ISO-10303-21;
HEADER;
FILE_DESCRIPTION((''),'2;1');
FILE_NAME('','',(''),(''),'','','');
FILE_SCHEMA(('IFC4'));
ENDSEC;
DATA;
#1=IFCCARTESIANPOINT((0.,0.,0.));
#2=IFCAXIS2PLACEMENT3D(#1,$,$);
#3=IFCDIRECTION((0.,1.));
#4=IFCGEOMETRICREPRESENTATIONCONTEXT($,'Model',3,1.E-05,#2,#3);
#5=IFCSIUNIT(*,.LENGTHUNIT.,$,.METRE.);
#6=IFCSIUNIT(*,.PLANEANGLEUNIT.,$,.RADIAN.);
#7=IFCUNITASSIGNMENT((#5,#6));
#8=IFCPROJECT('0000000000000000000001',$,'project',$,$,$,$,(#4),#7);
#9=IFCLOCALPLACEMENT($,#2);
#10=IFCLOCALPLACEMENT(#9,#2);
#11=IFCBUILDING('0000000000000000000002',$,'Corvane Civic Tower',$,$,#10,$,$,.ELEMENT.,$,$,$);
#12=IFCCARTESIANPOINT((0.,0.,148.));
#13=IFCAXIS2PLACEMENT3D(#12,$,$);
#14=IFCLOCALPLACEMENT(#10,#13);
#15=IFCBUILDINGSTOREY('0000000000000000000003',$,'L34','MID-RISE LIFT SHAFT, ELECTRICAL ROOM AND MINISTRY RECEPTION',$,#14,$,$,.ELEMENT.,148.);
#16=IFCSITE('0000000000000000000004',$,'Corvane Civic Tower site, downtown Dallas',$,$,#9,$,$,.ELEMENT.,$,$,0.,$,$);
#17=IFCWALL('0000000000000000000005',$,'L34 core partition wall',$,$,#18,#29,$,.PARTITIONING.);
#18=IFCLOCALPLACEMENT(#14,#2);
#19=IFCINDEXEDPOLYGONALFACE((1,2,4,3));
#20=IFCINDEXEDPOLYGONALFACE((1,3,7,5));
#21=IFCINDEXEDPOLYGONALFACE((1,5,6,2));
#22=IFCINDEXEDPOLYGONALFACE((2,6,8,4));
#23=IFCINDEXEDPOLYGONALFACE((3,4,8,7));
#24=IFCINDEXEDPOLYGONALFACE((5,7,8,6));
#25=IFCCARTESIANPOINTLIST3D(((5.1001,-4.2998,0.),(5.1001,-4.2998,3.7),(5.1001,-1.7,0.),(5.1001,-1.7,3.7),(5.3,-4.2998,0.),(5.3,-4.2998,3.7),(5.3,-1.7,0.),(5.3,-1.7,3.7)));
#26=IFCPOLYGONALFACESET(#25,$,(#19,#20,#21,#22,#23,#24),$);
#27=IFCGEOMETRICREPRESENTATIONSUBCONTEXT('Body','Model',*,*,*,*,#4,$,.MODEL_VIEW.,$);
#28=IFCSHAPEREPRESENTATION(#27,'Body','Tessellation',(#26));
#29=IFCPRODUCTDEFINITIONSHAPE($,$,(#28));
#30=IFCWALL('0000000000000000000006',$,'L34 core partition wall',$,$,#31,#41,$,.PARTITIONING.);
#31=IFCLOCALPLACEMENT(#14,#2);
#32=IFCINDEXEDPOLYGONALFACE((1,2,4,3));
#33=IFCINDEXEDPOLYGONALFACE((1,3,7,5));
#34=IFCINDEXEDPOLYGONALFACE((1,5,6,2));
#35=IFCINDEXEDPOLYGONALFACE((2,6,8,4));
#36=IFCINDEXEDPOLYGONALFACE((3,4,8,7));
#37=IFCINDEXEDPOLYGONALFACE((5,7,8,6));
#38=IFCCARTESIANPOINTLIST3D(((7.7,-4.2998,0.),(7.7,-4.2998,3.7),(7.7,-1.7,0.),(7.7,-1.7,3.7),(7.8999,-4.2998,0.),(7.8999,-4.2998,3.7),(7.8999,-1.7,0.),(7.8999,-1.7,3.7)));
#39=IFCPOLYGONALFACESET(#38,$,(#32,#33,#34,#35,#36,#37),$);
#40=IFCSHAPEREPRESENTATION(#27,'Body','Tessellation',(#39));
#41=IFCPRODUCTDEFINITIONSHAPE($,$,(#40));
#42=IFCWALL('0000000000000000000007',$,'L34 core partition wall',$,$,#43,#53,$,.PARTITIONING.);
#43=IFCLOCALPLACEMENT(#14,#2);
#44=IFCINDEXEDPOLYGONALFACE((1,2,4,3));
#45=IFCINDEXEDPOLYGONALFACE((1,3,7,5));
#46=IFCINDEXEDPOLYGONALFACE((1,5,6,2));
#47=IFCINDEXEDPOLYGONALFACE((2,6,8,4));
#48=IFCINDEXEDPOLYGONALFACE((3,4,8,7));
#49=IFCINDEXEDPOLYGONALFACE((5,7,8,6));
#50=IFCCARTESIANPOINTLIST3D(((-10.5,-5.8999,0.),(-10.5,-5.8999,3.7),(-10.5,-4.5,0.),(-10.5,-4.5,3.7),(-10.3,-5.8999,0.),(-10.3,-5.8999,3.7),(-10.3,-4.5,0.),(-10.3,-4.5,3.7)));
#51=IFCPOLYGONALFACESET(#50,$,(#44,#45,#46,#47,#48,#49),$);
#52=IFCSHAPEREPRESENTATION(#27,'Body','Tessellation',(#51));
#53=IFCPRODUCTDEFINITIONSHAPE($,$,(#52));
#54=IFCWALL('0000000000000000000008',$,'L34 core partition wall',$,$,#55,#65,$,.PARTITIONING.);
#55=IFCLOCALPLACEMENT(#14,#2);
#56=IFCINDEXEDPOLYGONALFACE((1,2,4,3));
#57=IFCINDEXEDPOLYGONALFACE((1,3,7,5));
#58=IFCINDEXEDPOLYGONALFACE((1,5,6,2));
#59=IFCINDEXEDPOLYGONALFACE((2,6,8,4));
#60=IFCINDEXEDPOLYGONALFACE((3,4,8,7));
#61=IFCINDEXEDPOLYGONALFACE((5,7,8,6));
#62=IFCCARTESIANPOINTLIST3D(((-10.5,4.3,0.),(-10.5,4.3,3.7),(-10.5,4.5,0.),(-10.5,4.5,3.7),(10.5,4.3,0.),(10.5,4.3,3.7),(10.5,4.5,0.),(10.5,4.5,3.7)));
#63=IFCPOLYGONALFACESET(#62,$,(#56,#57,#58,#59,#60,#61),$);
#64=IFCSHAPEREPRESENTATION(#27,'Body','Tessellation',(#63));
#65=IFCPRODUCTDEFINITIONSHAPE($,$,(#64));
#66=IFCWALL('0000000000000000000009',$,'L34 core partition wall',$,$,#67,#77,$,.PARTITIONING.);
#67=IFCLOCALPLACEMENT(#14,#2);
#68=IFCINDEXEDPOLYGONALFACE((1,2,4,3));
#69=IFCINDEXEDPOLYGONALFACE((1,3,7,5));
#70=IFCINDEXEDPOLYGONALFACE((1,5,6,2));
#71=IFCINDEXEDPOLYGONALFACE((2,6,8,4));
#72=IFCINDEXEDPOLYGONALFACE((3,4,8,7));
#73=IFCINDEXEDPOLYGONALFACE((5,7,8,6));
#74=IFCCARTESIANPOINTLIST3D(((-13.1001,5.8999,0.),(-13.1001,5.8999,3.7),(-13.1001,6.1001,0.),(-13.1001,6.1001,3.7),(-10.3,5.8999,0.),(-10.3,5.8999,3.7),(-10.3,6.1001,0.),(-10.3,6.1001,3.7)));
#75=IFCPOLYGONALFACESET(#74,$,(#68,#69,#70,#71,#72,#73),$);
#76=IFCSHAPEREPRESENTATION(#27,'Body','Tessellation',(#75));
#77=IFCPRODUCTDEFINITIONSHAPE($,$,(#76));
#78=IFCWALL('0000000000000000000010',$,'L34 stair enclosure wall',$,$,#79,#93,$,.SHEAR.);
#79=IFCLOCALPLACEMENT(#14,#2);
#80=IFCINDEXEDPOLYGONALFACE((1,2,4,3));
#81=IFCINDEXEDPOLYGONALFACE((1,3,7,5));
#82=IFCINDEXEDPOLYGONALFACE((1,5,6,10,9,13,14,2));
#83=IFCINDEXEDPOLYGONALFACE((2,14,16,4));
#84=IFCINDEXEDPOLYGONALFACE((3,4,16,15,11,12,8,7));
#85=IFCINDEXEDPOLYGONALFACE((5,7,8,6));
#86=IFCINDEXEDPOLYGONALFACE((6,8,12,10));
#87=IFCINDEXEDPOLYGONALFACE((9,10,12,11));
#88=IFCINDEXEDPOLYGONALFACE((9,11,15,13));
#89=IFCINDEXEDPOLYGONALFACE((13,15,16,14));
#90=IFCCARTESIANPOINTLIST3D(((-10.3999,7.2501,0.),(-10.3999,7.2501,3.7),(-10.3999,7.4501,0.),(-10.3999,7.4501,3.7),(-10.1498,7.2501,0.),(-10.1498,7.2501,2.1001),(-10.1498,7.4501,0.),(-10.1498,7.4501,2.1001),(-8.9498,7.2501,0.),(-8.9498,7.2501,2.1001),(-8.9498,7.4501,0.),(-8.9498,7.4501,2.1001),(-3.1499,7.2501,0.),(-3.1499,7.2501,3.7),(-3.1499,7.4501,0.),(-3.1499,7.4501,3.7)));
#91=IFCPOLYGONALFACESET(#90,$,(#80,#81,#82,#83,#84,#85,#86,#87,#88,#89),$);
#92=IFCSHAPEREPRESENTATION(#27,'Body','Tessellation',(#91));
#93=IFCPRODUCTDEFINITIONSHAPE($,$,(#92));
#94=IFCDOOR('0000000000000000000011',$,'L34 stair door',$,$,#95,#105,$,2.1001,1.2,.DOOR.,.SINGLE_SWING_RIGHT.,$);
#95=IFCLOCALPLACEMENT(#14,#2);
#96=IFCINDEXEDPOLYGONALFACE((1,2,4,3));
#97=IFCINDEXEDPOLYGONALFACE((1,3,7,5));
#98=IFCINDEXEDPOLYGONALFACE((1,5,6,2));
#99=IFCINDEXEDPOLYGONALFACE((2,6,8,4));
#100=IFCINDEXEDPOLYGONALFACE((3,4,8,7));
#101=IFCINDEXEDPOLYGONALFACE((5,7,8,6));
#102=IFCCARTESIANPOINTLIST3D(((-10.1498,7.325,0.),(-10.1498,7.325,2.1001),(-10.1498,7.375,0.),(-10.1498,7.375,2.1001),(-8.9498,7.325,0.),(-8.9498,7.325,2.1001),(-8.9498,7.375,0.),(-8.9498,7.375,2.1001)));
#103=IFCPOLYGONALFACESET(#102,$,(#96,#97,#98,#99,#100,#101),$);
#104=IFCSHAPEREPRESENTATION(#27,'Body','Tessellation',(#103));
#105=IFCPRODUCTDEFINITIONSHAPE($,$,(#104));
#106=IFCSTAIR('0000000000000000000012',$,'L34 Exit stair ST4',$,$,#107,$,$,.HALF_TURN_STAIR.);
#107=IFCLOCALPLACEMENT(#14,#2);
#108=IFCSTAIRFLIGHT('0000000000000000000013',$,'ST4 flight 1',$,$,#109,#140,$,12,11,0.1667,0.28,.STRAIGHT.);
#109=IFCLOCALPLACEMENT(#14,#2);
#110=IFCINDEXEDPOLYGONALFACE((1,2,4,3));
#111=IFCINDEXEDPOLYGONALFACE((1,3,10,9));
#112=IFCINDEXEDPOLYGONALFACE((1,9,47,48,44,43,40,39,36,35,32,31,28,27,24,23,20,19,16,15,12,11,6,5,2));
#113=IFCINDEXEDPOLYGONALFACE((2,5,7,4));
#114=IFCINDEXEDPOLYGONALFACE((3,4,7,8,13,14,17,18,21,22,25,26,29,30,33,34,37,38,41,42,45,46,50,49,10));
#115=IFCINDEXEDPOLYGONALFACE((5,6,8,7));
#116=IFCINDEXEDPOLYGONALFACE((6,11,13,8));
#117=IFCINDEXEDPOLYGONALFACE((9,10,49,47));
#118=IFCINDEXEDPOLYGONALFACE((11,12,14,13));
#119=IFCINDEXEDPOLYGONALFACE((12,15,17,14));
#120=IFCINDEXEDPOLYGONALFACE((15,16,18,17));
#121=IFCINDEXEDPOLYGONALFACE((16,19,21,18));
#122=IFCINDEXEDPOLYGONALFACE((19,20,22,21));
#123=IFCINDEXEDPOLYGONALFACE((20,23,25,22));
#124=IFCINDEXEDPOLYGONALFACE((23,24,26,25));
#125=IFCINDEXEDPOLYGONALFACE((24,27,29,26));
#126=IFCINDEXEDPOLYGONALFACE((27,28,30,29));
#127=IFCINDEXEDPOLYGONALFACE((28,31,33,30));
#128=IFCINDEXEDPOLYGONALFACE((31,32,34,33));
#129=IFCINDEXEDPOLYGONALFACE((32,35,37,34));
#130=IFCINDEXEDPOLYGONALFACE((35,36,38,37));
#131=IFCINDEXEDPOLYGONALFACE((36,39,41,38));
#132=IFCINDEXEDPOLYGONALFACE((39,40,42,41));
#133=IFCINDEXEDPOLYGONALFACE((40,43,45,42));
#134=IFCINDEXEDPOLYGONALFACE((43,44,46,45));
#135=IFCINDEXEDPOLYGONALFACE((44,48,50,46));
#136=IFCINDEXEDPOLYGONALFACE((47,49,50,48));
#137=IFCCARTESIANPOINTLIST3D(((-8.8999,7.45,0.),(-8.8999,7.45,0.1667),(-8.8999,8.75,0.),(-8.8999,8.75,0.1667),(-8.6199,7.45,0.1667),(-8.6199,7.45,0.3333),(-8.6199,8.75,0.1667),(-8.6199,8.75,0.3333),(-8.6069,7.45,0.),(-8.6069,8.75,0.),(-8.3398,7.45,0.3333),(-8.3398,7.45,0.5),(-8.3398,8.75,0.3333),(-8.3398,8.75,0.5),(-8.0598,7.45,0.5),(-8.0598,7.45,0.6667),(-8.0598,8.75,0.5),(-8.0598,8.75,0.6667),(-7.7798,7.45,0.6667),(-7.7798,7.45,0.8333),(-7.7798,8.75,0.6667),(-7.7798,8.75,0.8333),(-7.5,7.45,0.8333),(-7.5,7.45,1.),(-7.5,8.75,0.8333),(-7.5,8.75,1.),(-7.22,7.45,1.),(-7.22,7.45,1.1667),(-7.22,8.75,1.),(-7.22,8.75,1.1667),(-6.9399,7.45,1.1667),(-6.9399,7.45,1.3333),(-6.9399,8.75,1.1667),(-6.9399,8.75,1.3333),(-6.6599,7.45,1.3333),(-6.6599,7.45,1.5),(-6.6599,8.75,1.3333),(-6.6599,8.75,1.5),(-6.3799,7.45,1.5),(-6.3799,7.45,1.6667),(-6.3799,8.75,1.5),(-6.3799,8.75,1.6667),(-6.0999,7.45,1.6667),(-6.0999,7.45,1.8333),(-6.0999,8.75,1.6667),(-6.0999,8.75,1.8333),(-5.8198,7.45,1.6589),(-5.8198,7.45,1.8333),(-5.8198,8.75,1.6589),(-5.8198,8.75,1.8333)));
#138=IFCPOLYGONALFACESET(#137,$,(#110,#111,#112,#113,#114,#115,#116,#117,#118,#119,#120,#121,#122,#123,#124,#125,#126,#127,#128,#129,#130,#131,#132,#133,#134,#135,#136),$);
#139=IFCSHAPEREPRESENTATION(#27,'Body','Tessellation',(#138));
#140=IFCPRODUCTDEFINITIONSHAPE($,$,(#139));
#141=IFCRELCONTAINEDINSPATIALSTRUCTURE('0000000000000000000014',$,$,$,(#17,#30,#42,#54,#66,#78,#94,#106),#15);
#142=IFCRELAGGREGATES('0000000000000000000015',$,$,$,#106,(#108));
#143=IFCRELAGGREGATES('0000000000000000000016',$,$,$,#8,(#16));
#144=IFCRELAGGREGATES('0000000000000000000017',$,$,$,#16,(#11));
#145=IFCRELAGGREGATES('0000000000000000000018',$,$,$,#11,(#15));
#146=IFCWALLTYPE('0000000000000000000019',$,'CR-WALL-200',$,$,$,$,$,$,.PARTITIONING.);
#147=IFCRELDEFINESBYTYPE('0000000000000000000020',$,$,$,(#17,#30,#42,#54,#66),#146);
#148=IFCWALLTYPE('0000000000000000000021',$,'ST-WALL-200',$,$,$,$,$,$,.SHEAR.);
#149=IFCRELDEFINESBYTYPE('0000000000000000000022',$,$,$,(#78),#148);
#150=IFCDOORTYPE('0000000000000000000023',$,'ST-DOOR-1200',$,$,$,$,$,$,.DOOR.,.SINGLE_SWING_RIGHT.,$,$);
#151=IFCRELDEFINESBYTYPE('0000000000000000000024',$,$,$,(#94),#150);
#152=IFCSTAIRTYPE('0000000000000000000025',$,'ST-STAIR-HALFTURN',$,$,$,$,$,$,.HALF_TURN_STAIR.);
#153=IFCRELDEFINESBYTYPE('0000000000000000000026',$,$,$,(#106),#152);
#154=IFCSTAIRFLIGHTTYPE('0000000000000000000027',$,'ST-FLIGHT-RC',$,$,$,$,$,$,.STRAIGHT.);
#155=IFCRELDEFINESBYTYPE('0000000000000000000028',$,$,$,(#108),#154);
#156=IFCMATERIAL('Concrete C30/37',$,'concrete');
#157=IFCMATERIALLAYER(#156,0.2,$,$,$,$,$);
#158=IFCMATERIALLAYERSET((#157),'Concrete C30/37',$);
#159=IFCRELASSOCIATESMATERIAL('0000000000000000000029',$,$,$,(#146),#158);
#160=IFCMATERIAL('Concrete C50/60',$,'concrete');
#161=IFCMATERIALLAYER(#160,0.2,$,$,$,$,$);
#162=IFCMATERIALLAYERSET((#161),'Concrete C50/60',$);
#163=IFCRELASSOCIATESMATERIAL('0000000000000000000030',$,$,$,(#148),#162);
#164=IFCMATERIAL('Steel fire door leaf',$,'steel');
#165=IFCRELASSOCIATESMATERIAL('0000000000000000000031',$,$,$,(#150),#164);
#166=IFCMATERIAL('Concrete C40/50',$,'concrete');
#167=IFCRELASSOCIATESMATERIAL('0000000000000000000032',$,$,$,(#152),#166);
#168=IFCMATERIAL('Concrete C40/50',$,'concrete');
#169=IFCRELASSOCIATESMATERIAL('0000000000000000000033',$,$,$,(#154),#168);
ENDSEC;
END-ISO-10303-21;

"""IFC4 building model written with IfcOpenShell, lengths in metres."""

from ifc_helpers import new_model, si_unit, direction, frame, frame_2d, origin, place, context, subcontext, project, spatial, polyline, rectangle, outline, extrude, material, layer, layer_set, type_object, element, fill, aggregate, save


model = new_model("IFC4")

# Units and contexts
model_context = context("Model", 3, precision=1e-05, world=origin(), true_north=direction((0.0, 1.0)))
body_context = subcontext(model_context, "Body", "Model", "MODEL_VIEW")
ifc_project = project(units=[si_unit("LENGTHUNIT", "METRE"), si_unit("PLANEANGLEUNIT", "RADIAN")], contexts=[model_context])

# Site, building, storey
site_placement = place(None, origin())
site = spatial("IfcSite", under=ifc_project, at=site_placement, Name="Corvane Civic Tower site, downtown Dallas", CompositionType="ELEMENT", RefElevation=0.0)
building_placement = place(site_placement, origin())
building = spatial("IfcBuilding", under=site, at=building_placement, Name="Corvane Civic Tower", CompositionType="ELEMENT")
storey_placement = place(building_placement, frame((0.0, 0.0, 148.0)))
storey = spatial("IfcBuildingStorey", under=building, at=storey_placement, Name="L34", Description="MID-RISE LIFT SHAFT, ELECTRICAL ROOM AND MINISTRY RECEPTION", CompositionType="ELEMENT", Elevation=148.0)

# Shared definitions
ifc_material_1 = material(Name="Concrete C30/37", Category="concrete")
ifc_layer_1 = layer(ifc_material_1, 0.2)
ifc_layer_set_1 = layer_set([ifc_layer_1], Name="Concrete C30/37")
wall_type_1 = type_object("IfcWallType", Name="CR-WALL-200", PredefinedType="PARTITIONING", material=ifc_layer_set_1)

# Walls
wall_1_placement = place(storey_placement, origin())
element("IfcWall", 1, at=wall_1_placement, inside=storey, type_object=wall_type_1, Name="L34 core partition wall", PredefinedType="PARTITIONING", context=body_context, shape_type="SweptSolid", body=[
    extrude(outline(polyline([(5.3, -1.7), (5.3, -4.2998), (5.1001, -4.2998), (5.1001, -1.7), (5.3, -1.7)])), origin(), (0.0, 0.0, 1.0), 3.7),
])
wall_2_placement = place(storey_placement, origin())
element("IfcWall", 2, at=wall_2_placement, inside=storey, type_object=wall_type_1, Name="L34 core partition wall", PredefinedType="PARTITIONING", context=body_context, shape_type="SweptSolid", body=[
    extrude(outline(polyline([(7.8999, -1.7), (7.8999, -4.2998), (7.7, -4.2998), (7.7, -1.7), (7.8999, -1.7)])), origin(), (0.0, 0.0, 1.0), 3.7),
])
wall_3_placement = place(storey_placement, origin())
element("IfcWall", 3, at=wall_3_placement, inside=storey, type_object=wall_type_1, Name="L34 core partition wall", PredefinedType="PARTITIONING", context=body_context, shape_type="SweptSolid", body=[
    extrude(outline(polyline([(-10.3, -5.8999), (-10.5, -5.8999), (-10.5, -4.5), (-10.3, -4.5), (-10.3, -5.8999)])), origin(), (0.0, 0.0, 1.0), 3.7),
])
wall_4_placement = place(storey_placement, origin())
element("IfcWall", 4, at=wall_4_placement, inside=storey, type_object=wall_type_1, Name="L34 core partition wall", PredefinedType="PARTITIONING", context=body_context, shape_type="SweptSolid", body=[
    extrude(outline(polyline([(10.5, 4.5), (10.5, 4.3), (-10.5, 4.3), (-10.5, 4.5), (10.5, 4.5)])), origin(), (0.0, 0.0, 1.0), 3.7),
])
wall_5_placement = place(storey_placement, origin())
element("IfcWall", 5, at=wall_5_placement, inside=storey, type_object=wall_type_1, Name="L34 core partition wall", PredefinedType="PARTITIONING", context=body_context, shape_type="SweptSolid", body=[
    extrude(outline(polyline([(-10.3, 5.8999), (-13.1001, 5.8999), (-13.1001, 6.1001), (-10.3, 6.1001), (-10.3, 5.8999)])), origin(), (0.0, 0.0, 1.0), 3.7),
])

# Wall, opening, door
ifc_material_2 = material(Name="Concrete C50/60", Category="concrete")
ifc_layer_2 = layer(ifc_material_2, 0.2)
ifc_layer_set_2 = layer_set([ifc_layer_2], Name="Concrete C50/60")
wall_type_2 = type_object("IfcWallType", Name="ST-WALL-200", PredefinedType="SHEAR", material=ifc_layer_set_2)
wall_6_placement = place(storey_placement, frame((-10.3999, 7.3501, 0.0), z_axis=(0.0, 0.0, 1.0), x_axis=(1.0, 0.0, 0.0)))
wall_6 = element("IfcWall", 6, at=wall_6_placement, inside=storey, type_object=wall_type_2, Name="L34 stair enclosure wall", PredefinedType="SHEAR", context=body_context, shape_type="SweptSolid", body=[
    extrude(rectangle(XDim=7.25, YDim=0.2, at=frame_2d((3.625, 0.0))), origin(), (0.0, 0.0, 1.0), 3.7),
])
opening_1_placement = place(wall_6_placement, frame((0.25, 0.0, 0.0)))
opening_1 = element("IfcOpeningElement", 7, at=opening_1_placement, cuts=wall_6, PredefinedType="OPENING", context=body_context, shape_type="SweptSolid", body=[
    extrude(rectangle(XDim=1.2, YDim=2.1001, at=frame_2d((0.6001, 1.05))), frame((0.0, 0.1099, 0.0), z_axis=(0.0, -1.0, 0.0), x_axis=(1.0, 0.0, 0.0)), (0.0, 0.0, 1.0), 0.22),
])
ifc_material_3 = material(Name="Steel fire door leaf", Category="steel")
door_type_1 = type_object("IfcDoorType", Name="ST-DOOR-1200", OperationType="SINGLE_SWING_RIGHT", PredefinedType="DOOR", material=ifc_material_3)
door_1_placement = place(opening_1_placement, origin())
door_1 = element("IfcDoor", 8, at=door_1_placement, inside=storey, type_object=door_type_1, Name="L34 stair door", OperationType="SINGLE_SWING_RIGHT", OverallHeight=2.1001, OverallWidth=1.2, PredefinedType="DOOR", context=body_context, shape_type="SweptSolid", body=[
    extrude(rectangle(XDim=1.2, YDim=2.1001, at=frame_2d((0.6001, 1.05))), frame((0.0, 0.0249, 0.0), z_axis=(0.0, -1.0, 0.0), x_axis=(1.0, 0.0, 0.0)), (0.0, 0.0, 1.0), 0.05),
])
fill(opening_1, door_1)

# Stair, stair flight
ifc_material_4 = material(Name="Concrete C40/50", Category="concrete")
stair_type = type_object("IfcStairType", Name="ST-STAIR-HALFTURN", PredefinedType="HALF_TURN_STAIR", material=ifc_material_4)
stair_placement = place(storey_placement, origin())
stair = element("IfcStair", 9, at=stair_placement, inside=storey, type_object=stair_type, Name="L34 Exit stair ST4", PredefinedType="HALF_TURN_STAIR")
ifc_material_5 = material(Name="Concrete C40/50", Category="concrete")
stair_flight_type = type_object("IfcStairFlightType", Name="ST-FLIGHT-RC", PredefinedType="STRAIGHT", material=ifc_material_5)
stair_flight_placement = place(storey_placement, frame((-8.8999, 8.1001, 0.0), z_axis=(0.0, 0.0, 1.0), x_axis=(1.0, 0.0, 0.0)))
stair_flight = element("IfcStairFlight", 10, at=stair_flight_placement, type_object=stair_flight_type, Name="ST4 flight 1", NumberOfRisers=12, NumberOfTreads=11, PredefinedType="STRAIGHT", RiserHeight=0.1667, TreadLength=0.28, context=body_context, shape_type="SweptSolid", body=[
    extrude(outline(polyline([(0.0, 0.0), (0.0, 0.1667), (0.28, 0.1667), (0.28, 0.3333), (0.5601, 0.3333), (0.5601, 0.5), (0.8401, 0.5), (0.8401, 0.6667), (1.1201, 0.6667), (1.1201, 0.8333), (1.3999, 0.8333), (1.3999, 1.0), (1.6799, 1.0), (1.6799, 1.1667), (1.96, 1.1667), (1.96, 1.3333), (2.24, 1.3333), (2.24, 1.5), (2.52, 1.5), (2.52, 1.6667), (2.8, 1.6667), (2.8, 1.8333), (3.0801, 1.8333), (3.0801, 2.0), (3.0801, 1.6589), (0.293, 0.0), (0.0, 0.0)])), frame((0.0, 0.6499, 0.0), z_axis=(0.0, -1.0, 0.0), x_axis=(1.0, 0.0, 0.0)), (0.0, 0.0, 1.0), 1.3),
])
aggregate(stair, [stair_flight])

save(model, "model.ifc")
